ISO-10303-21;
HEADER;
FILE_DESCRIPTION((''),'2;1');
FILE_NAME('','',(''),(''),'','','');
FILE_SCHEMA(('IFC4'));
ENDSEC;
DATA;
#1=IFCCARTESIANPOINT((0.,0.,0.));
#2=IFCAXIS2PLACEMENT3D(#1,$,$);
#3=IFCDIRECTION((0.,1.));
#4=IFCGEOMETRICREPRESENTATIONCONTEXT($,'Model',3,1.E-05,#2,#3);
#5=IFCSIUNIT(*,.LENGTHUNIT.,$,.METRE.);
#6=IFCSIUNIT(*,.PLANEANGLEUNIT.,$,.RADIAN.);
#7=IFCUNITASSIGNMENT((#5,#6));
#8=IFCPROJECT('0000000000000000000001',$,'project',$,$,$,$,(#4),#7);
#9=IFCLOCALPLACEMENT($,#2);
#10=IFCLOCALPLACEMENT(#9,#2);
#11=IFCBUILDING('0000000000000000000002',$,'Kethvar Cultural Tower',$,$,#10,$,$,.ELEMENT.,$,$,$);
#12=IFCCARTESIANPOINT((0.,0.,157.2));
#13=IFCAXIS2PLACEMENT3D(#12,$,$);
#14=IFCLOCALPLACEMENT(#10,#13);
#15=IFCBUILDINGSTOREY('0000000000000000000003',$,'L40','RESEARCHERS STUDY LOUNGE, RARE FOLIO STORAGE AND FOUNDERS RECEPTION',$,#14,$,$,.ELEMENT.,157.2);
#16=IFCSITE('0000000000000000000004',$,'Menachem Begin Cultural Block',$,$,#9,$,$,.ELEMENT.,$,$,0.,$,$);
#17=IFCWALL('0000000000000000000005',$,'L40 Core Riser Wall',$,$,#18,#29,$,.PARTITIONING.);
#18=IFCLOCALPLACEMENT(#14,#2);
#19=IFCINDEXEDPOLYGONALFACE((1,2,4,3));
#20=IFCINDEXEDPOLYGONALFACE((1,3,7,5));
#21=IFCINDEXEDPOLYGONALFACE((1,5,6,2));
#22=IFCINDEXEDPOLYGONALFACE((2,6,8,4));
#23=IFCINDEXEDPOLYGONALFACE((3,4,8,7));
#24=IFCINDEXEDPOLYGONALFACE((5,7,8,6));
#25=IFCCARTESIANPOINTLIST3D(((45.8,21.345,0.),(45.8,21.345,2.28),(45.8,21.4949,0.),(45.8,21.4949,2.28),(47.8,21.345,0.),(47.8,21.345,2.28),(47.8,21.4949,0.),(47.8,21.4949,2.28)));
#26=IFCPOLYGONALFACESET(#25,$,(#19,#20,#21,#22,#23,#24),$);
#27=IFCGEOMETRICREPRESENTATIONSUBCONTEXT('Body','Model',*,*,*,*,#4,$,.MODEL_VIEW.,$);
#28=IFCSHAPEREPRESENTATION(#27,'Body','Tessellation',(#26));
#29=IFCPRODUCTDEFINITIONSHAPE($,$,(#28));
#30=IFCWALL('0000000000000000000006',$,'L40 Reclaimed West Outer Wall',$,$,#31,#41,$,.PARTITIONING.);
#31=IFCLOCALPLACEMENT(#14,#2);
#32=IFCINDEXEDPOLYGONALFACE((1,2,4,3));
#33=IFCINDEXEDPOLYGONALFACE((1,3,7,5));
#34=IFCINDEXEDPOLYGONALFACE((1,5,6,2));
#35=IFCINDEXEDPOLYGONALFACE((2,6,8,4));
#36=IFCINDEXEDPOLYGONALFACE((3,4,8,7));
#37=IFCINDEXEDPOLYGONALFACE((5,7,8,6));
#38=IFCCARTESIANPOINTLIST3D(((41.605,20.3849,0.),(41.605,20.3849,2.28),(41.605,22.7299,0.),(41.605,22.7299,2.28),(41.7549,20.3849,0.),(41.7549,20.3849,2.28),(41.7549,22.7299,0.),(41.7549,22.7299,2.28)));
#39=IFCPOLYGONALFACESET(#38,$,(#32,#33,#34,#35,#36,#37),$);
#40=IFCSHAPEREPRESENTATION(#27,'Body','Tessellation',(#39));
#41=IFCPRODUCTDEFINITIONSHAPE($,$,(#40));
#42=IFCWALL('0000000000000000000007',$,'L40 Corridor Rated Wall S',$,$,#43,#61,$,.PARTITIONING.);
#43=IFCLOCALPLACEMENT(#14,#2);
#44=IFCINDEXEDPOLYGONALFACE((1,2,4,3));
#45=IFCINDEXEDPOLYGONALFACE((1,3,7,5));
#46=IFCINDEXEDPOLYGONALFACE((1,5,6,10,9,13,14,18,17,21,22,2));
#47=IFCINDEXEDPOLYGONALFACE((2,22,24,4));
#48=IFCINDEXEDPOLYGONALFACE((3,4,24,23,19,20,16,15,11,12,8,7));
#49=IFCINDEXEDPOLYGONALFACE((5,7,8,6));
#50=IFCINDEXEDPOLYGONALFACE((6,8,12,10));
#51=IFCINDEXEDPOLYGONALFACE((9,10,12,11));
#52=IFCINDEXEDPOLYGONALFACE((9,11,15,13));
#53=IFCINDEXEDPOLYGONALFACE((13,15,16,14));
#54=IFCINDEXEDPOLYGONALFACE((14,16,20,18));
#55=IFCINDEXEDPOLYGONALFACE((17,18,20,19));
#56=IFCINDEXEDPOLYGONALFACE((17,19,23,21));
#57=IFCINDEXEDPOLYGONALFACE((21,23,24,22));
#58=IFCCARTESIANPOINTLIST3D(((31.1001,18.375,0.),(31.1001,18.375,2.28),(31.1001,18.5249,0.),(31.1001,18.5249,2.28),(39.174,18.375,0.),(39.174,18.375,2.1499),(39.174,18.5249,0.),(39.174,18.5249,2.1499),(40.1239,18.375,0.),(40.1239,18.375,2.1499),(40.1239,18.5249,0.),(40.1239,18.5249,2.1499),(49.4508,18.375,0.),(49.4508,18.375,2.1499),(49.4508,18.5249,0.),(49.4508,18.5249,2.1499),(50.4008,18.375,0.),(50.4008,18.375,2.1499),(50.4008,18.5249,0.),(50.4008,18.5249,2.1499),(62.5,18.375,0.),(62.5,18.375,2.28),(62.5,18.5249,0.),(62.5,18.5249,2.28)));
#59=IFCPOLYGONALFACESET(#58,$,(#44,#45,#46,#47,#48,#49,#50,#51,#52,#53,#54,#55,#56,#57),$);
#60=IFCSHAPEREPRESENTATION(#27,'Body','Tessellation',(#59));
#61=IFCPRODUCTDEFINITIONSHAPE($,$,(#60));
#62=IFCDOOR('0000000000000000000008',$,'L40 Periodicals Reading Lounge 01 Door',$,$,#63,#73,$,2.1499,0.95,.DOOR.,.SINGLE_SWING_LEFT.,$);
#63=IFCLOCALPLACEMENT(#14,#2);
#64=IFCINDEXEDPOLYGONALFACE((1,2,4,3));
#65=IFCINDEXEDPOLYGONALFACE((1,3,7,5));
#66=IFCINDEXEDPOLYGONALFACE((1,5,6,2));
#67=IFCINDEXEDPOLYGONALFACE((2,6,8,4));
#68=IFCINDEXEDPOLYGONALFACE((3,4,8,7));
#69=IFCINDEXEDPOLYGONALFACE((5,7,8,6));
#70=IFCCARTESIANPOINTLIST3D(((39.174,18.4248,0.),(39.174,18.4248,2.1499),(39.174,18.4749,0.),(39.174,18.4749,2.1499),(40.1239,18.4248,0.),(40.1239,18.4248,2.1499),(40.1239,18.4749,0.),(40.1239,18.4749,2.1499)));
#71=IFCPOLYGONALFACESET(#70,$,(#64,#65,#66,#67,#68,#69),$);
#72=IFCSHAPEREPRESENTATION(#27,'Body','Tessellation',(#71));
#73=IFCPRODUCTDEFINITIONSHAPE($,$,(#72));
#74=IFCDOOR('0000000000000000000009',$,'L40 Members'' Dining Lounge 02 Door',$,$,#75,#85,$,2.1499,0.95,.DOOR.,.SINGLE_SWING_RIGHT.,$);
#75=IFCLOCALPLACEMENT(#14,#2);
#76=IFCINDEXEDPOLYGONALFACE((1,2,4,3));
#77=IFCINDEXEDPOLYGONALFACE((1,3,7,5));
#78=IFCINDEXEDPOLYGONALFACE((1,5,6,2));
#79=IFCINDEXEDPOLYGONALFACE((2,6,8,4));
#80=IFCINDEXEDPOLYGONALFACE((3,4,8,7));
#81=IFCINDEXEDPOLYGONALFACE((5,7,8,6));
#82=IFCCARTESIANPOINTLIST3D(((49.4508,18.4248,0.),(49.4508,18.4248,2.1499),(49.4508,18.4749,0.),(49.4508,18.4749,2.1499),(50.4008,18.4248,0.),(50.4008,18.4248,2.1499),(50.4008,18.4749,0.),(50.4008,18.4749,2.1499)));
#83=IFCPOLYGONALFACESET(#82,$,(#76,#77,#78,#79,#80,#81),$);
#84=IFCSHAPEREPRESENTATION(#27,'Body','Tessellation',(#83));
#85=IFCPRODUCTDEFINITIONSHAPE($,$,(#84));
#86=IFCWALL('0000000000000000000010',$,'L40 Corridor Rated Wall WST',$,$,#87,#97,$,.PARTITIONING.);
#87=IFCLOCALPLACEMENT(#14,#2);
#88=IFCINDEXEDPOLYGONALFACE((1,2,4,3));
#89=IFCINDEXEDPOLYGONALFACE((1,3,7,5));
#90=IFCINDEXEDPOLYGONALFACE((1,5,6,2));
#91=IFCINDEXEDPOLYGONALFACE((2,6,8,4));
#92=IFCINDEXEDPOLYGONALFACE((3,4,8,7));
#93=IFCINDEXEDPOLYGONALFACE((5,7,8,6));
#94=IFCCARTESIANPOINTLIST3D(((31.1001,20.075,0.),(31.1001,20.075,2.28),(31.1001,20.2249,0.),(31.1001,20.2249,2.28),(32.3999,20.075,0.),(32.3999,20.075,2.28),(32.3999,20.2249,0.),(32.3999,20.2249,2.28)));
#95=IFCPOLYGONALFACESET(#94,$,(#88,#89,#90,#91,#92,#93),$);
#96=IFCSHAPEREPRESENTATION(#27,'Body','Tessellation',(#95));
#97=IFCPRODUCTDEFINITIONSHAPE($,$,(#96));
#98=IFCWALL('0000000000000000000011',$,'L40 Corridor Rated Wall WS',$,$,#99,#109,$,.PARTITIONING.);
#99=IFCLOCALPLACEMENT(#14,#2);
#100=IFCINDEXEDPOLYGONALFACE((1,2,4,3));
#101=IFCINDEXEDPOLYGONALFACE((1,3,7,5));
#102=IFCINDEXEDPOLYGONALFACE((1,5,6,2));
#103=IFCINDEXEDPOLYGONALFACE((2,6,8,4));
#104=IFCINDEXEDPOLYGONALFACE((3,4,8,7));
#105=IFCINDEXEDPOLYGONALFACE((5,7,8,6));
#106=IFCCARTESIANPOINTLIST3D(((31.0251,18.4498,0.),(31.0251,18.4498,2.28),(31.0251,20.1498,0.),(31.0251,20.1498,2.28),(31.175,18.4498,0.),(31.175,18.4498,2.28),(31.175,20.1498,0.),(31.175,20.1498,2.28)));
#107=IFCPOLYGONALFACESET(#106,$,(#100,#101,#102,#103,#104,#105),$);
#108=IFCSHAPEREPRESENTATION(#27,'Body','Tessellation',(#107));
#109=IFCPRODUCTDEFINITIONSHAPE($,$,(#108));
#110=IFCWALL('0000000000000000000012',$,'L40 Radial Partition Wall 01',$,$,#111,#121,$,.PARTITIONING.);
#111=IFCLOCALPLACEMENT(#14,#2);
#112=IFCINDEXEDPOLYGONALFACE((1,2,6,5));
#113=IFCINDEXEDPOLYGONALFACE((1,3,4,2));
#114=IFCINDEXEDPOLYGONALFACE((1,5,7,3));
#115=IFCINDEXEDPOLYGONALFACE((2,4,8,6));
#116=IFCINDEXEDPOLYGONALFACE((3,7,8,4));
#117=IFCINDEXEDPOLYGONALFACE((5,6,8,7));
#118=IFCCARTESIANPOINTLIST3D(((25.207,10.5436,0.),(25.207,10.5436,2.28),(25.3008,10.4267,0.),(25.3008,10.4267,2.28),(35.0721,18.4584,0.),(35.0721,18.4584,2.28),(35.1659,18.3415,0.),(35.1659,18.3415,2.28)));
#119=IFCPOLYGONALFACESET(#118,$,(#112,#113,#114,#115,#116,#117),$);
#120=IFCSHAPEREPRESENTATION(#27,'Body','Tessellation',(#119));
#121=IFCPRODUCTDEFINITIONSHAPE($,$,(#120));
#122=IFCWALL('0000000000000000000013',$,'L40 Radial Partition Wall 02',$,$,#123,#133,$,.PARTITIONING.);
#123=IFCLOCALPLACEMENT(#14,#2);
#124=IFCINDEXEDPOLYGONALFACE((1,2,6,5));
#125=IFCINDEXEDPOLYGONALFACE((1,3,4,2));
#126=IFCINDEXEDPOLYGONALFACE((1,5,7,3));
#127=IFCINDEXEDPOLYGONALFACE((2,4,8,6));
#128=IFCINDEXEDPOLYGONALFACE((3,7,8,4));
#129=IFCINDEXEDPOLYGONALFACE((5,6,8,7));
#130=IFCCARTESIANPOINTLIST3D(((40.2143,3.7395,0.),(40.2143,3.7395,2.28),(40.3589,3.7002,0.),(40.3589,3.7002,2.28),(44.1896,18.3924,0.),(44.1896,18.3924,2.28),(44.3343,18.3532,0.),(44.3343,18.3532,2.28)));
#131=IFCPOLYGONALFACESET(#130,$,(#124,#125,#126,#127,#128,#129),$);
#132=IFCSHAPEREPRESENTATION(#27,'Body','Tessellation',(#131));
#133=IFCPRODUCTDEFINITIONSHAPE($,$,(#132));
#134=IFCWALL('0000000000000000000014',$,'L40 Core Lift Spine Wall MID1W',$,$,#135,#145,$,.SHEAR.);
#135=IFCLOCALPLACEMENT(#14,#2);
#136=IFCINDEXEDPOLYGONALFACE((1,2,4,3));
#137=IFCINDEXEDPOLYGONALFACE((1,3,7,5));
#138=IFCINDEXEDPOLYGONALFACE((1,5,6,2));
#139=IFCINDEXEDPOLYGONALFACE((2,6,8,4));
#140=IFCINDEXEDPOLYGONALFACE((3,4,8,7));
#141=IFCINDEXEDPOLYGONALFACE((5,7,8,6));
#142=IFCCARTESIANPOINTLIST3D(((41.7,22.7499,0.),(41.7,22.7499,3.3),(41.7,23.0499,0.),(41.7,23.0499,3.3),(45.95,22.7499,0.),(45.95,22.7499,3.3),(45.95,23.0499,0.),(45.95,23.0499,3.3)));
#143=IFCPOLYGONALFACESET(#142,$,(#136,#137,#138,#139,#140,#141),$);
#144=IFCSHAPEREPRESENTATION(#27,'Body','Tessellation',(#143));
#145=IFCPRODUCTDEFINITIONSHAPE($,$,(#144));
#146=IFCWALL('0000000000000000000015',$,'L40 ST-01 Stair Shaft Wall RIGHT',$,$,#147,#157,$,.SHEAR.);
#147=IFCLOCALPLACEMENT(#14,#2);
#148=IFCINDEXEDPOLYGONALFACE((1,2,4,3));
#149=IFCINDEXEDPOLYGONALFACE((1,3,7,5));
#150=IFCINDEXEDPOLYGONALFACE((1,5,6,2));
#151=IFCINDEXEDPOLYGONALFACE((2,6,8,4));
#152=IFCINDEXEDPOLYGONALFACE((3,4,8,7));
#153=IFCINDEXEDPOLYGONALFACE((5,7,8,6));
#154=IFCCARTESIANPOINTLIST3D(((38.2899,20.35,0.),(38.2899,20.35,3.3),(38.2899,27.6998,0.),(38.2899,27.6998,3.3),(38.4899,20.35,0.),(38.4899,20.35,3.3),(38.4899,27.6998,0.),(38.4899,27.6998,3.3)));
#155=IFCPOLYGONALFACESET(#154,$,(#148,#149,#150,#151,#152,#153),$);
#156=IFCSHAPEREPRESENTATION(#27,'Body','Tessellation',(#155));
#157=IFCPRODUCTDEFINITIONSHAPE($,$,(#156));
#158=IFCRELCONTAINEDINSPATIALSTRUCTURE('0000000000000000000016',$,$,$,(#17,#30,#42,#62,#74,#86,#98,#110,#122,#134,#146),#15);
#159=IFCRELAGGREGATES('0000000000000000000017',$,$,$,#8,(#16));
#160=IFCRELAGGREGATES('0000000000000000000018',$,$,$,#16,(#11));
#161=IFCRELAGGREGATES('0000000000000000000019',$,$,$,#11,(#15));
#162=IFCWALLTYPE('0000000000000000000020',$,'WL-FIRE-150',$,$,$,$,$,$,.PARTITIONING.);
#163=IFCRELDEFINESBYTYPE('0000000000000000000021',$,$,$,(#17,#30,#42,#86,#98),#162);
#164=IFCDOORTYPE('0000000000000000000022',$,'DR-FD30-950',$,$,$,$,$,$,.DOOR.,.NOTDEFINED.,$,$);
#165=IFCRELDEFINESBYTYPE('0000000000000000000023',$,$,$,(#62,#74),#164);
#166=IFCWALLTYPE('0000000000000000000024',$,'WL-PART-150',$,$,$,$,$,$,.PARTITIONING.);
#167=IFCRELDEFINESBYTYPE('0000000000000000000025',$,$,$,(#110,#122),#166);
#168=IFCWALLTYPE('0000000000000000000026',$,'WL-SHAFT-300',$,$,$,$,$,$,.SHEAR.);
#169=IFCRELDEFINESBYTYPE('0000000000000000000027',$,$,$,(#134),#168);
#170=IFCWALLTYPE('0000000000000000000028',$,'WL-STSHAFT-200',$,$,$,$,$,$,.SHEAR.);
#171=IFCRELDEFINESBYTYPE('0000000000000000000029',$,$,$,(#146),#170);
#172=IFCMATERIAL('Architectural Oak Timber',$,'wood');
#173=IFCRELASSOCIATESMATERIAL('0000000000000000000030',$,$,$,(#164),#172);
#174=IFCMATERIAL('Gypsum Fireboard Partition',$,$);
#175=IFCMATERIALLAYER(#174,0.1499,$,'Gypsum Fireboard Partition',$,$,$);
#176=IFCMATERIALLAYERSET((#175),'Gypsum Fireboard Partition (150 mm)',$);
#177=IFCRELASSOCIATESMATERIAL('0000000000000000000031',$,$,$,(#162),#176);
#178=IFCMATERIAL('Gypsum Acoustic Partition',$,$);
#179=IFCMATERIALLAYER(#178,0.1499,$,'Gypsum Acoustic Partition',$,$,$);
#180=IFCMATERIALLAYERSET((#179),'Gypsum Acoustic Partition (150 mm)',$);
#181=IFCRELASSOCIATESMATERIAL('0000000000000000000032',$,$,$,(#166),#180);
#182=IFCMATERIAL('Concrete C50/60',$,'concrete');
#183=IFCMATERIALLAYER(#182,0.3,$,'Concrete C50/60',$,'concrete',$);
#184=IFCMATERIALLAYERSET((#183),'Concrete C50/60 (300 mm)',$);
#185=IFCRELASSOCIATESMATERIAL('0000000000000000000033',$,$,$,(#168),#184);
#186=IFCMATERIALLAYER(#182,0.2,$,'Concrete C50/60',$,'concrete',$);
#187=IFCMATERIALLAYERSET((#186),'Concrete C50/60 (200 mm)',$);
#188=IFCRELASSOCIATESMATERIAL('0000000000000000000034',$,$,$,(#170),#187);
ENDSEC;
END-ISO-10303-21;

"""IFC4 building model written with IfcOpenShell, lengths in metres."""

from ifc_helpers import new_model, si_unit, direction, frame, frame_2d, origin, place, context, subcontext, project, spatial, rectangle, extrude, source, transform, mapped, material, layer, layer_set, type_object, element, fill, save


model = new_model("IFC4")

# Units and contexts
model_context = context("Model", 3, precision=1e-05, world=origin(), true_north=direction((0.0, 1.0)))
body_context = subcontext(model_context, "Body", "Model", "MODEL_VIEW")
ifc_project = project(units=[si_unit("LENGTHUNIT", "METRE"), si_unit("PLANEANGLEUNIT", "RADIAN")], contexts=[model_context])

# Site, building, storey
site_placement = place(None, origin())
site = spatial("IfcSite", under=ifc_project, at=site_placement, Name="Menachem Begin Cultural Block", CompositionType="ELEMENT", RefElevation=0.0)
building_placement = place(site_placement, origin())
building = spatial("IfcBuilding", under=site, at=building_placement, Name="Kethvar Cultural Tower", CompositionType="ELEMENT")
storey_placement = place(building_placement, frame((0.0, 0.0, 157.2)))
storey = spatial("IfcBuildingStorey", under=building, at=storey_placement, Name="L40", Description="RESEARCHERS STUDY LOUNGE, RARE FOLIO STORAGE AND FOUNDERS RECEPTION", CompositionType="ELEMENT", Elevation=157.2)

# Shared definitions
ifc_material_1 = material(Name="Architectural Oak Timber", Category="wood")
door_type_1 = type_object("IfcDoorType", Name="DR-FD30-950", OperationType="NOTDEFINED", PredefinedType="DOOR", material=ifc_material_1)
shared_shape_1 = source(origin(), body_context, "Body", "SweptSolid", [
    extrude(rectangle(XDim=0.95, YDim=2.1499, at=frame_2d((0.4751, 1.075))), frame((0.0, 0.0249, 0.0), z_axis=(0.0, -1.0, 0.0), x_axis=(1.0, 0.0, 0.0)), (0.0, 0.0, 1.0), 0.05),
])

# Walls
ifc_material_2 = material(Name="Gypsum Fireboard Partition")
ifc_layer_1 = layer(ifc_material_2, 0.1499, Name="Gypsum Fireboard Partition")
ifc_layer_set_1 = layer_set([ifc_layer_1], Name="Gypsum Fireboard Partition (150 mm)")
wall_type_1 = type_object("IfcWallType", Name="WL-FIRE-150", PredefinedType="PARTITIONING", material=ifc_layer_set_1)
wall_1_placement = place(storey_placement, frame((45.8, 21.4199, 0.0), z_axis=(0.0, 0.0, 1.0), x_axis=(1.0, 0.0, 0.0)))
element("IfcWall", 1, at=wall_1_placement, inside=storey, type_object=wall_type_1, Name="L40 Core Riser Wall", PredefinedType="PARTITIONING", context=body_context, shape_type="SweptSolid", body=[
    extrude(rectangle(XDim=2.0, YDim=0.1499, at=frame_2d((1.0, 0.0))), origin(), (0.0, 0.0, 1.0), 2.28),
])
wall_2_placement = place(storey_placement, frame((41.6799, 20.385, 0.0), z_axis=(0.0, 0.0, 1.0), x_axis=(0.0, 1.0, 0.0)))
element("IfcWall", 2, at=wall_2_placement, inside=storey, type_object=wall_type_1, Name="L40 Reclaimed West Outer Wall", PredefinedType="PARTITIONING", context=body_context, shape_type="SweptSolid", body=[
    extrude(rectangle(XDim=2.345, YDim=0.1499, at=frame_2d((1.1724, 0.0))), origin(), (0.0, 0.0, 1.0), 2.28),
])

# Wall, openings, doors
wall_3_placement = place(storey_placement, frame((31.1001, 18.45, 0.0), z_axis=(0.0, 0.0, 1.0), x_axis=(1.0, 0.0, 0.0)))
wall_3 = element("IfcWall", 3, at=wall_3_placement, inside=storey, type_object=wall_type_1, Name="L40 Corridor Rated Wall S", PredefinedType="PARTITIONING", context=body_context, shape_type="SweptSolid", body=[
    extrude(rectangle(XDim=31.3999, YDim=0.1499, at=frame_2d((15.7, 0.0))), origin(), (0.0, 0.0, 1.0), 2.28),
])
opening_1_placement = place(wall_3_placement, frame((8.0737, 0.0, 0.0)))
opening_1 = element("IfcOpeningElement", 4, at=opening_1_placement, cuts=wall_3, PredefinedType="OPENING", context=body_context, shape_type="SweptSolid", body=[
    extrude(rectangle(XDim=0.95, YDim=2.1499, at=frame_2d((0.4751, 1.075))), frame((0.0, 0.085, 0.0), z_axis=(0.0, -1.0, 0.0), x_axis=(1.0, 0.0, 0.0)), (0.0, 0.0, 1.0), 0.1699),
])
opening_2_placement = place(wall_3_placement, frame((18.3506, 0.0, 0.0)))
opening_2 = element("IfcOpeningElement", 5, at=opening_2_placement, cuts=wall_3, PredefinedType="OPENING", context=body_context, shape_type="SweptSolid", body=[
    extrude(rectangle(XDim=0.95, YDim=2.1499, at=frame_2d((0.4751, 1.075))), frame((0.0, 0.085, 0.0), z_axis=(0.0, -1.0, 0.0), x_axis=(1.0, 0.0, 0.0)), (0.0, 0.0, 1.0), 0.1699),
])
door_1_placement = place(opening_1_placement, origin())
door_1 = element("IfcDoor", 6, at=door_1_placement, inside=storey, type_object=door_type_1, Name="L40 Periodicals Reading Lounge 01 Door", OperationType="SINGLE_SWING_LEFT", OverallHeight=2.1499, OverallWidth=0.95, PredefinedType="DOOR", context=body_context, shape_type="MappedRepresentation", body=[
    mapped(shared_shape_1, transform((0.0, 0.0, 0.0), scale=1.0)),
])
fill(opening_1, door_1)
door_2_placement = place(opening_2_placement, origin())
door_2 = element("IfcDoor", 7, at=door_2_placement, inside=storey, type_object=door_type_1, Name="L40 Members' Dining Lounge 02 Door", OperationType="SINGLE_SWING_RIGHT", OverallHeight=2.1499, OverallWidth=0.95, PredefinedType="DOOR", context=body_context, shape_type="MappedRepresentation", body=[
    mapped(shared_shape_1, transform((0.0, 0.0, 0.0), scale=1.0)),
])
fill(opening_2, door_2)

# Walls
wall_4_placement = place(storey_placement, frame((32.3999, 20.1499, 0.0), z_axis=(0.0, 0.0, 1.0), x_axis=(-1.0, 0.0, 0.0)))
element("IfcWall", 8, at=wall_4_placement, inside=storey, type_object=wall_type_1, Name="L40 Corridor Rated Wall WST", PredefinedType="PARTITIONING", context=body_context, shape_type="SweptSolid", body=[
    extrude(rectangle(XDim=1.2998, YDim=0.1499, at=frame_2d((0.6499, 0.0))), origin(), (0.0, 0.0, 1.0), 2.28),
])
wall_5_placement = place(storey_placement, frame((31.1001, 20.1499, 0.0), z_axis=(0.0, 0.0, 1.0), x_axis=(0.0, -1.0, 0.0)))
element("IfcWall", 9, at=wall_5_placement, inside=storey, type_object=wall_type_1, Name="L40 Corridor Rated Wall WS", PredefinedType="PARTITIONING", context=body_context, shape_type="SweptSolid", body=[
    extrude(rectangle(XDim=1.7, YDim=0.1499, at=frame_2d((0.8501, 0.0))), origin(), (0.0, 0.0, 1.0), 2.28),
])
ifc_material_3 = material(Name="Gypsum Acoustic Partition")
ifc_layer_2 = layer(ifc_material_3, 0.1499, Name="Gypsum Acoustic Partition")
ifc_layer_set_2 = layer_set([ifc_layer_2], Name="Gypsum Acoustic Partition (150 mm)")
wall_type_2 = type_object("IfcWallType", Name="WL-PART-150", PredefinedType="PARTITIONING", material=ifc_layer_set_2)
wall_6_placement = place(storey_placement, frame((35.1189, 18.3999, 0.0), z_axis=(0.0, 0.0, 1.0), x_axis=(-0.779989, -0.625794, 0.0)))
element("IfcWall", 10, at=wall_6_placement, inside=storey, type_object=wall_type_2, Name="L40 Radial Partition Wall 01", PredefinedType="PARTITIONING", context=body_context, shape_type="SweptSolid", body=[
    extrude(rectangle(XDim=12.6477, YDim=0.1499, at=frame_2d((6.3237, 0.0))), origin(), (0.0, 0.0, 1.0), 2.28),
])
wall_7_placement = place(storey_placement, frame((44.262, 18.3728, 0.0), z_axis=(0.0, 0.0, 1.0), x_axis=(-0.261837, -0.965112, 0.0)))
element("IfcWall", 11, at=wall_7_placement, inside=storey, type_object=wall_type_2, Name="L40 Radial Partition Wall 02", PredefinedType="PARTITIONING", context=body_context, shape_type="SweptSolid", body=[
    extrude(rectangle(XDim=15.1826, YDim=0.1499, at=frame_2d((7.5913, 0.0))), origin(), (0.0, 0.0, 1.0), 2.28),
])
ifc_material_4 = material(Name="Concrete C50/60", Category="concrete")
ifc_layer_3 = layer(ifc_material_4, 0.3, Name="Concrete C50/60", Category="concrete")
ifc_layer_set_3 = layer_set([ifc_layer_3], Name="Concrete C50/60 (300 mm)")
wall_type_3 = type_object("IfcWallType", Name="WL-SHAFT-300", PredefinedType="SHEAR", material=ifc_layer_set_3)
wall_8_placement = place(storey_placement, frame((41.7, 22.8999, 0.0), z_axis=(0.0, 0.0, 1.0), x_axis=(1.0, 0.0, 0.0)))
element("IfcWall", 12, at=wall_8_placement, inside=storey, type_object=wall_type_3, Name="L40 Core Lift Spine Wall MID1W", PredefinedType="SHEAR", context=body_context, shape_type="SweptSolid", body=[
    extrude(rectangle(XDim=4.25, YDim=0.3, at=frame_2d((2.125, 0.0))), origin(), (0.0, 0.0, 1.0), 3.3),
])
ifc_layer_4 = layer(ifc_material_4, 0.2, Name="Concrete C50/60", Category="concrete")
ifc_layer_set_4 = layer_set([ifc_layer_4], Name="Concrete C50/60 (200 mm)")
wall_type_4 = type_object("IfcWallType", Name="WL-STSHAFT-200", PredefinedType="SHEAR", material=ifc_layer_set_4)
wall_9_placement = place(storey_placement, frame((38.3899, 20.3501, 0.0), z_axis=(0.0, 0.0, 1.0), x_axis=(0.0, 1.0, 0.0)))
element("IfcWall", 13, at=wall_9_placement, inside=storey, type_object=wall_type_4, Name="L40 ST-01 Stair Shaft Wall RIGHT", PredefinedType="SHEAR", context=body_context, shape_type="SweptSolid", body=[
    extrude(rectangle(XDim=7.3499, YDim=0.2, at=frame_2d((3.6748, 0.0))), origin(), (0.0, 0.0, 1.0), 3.3),
])

save(model, "model.ifc")
